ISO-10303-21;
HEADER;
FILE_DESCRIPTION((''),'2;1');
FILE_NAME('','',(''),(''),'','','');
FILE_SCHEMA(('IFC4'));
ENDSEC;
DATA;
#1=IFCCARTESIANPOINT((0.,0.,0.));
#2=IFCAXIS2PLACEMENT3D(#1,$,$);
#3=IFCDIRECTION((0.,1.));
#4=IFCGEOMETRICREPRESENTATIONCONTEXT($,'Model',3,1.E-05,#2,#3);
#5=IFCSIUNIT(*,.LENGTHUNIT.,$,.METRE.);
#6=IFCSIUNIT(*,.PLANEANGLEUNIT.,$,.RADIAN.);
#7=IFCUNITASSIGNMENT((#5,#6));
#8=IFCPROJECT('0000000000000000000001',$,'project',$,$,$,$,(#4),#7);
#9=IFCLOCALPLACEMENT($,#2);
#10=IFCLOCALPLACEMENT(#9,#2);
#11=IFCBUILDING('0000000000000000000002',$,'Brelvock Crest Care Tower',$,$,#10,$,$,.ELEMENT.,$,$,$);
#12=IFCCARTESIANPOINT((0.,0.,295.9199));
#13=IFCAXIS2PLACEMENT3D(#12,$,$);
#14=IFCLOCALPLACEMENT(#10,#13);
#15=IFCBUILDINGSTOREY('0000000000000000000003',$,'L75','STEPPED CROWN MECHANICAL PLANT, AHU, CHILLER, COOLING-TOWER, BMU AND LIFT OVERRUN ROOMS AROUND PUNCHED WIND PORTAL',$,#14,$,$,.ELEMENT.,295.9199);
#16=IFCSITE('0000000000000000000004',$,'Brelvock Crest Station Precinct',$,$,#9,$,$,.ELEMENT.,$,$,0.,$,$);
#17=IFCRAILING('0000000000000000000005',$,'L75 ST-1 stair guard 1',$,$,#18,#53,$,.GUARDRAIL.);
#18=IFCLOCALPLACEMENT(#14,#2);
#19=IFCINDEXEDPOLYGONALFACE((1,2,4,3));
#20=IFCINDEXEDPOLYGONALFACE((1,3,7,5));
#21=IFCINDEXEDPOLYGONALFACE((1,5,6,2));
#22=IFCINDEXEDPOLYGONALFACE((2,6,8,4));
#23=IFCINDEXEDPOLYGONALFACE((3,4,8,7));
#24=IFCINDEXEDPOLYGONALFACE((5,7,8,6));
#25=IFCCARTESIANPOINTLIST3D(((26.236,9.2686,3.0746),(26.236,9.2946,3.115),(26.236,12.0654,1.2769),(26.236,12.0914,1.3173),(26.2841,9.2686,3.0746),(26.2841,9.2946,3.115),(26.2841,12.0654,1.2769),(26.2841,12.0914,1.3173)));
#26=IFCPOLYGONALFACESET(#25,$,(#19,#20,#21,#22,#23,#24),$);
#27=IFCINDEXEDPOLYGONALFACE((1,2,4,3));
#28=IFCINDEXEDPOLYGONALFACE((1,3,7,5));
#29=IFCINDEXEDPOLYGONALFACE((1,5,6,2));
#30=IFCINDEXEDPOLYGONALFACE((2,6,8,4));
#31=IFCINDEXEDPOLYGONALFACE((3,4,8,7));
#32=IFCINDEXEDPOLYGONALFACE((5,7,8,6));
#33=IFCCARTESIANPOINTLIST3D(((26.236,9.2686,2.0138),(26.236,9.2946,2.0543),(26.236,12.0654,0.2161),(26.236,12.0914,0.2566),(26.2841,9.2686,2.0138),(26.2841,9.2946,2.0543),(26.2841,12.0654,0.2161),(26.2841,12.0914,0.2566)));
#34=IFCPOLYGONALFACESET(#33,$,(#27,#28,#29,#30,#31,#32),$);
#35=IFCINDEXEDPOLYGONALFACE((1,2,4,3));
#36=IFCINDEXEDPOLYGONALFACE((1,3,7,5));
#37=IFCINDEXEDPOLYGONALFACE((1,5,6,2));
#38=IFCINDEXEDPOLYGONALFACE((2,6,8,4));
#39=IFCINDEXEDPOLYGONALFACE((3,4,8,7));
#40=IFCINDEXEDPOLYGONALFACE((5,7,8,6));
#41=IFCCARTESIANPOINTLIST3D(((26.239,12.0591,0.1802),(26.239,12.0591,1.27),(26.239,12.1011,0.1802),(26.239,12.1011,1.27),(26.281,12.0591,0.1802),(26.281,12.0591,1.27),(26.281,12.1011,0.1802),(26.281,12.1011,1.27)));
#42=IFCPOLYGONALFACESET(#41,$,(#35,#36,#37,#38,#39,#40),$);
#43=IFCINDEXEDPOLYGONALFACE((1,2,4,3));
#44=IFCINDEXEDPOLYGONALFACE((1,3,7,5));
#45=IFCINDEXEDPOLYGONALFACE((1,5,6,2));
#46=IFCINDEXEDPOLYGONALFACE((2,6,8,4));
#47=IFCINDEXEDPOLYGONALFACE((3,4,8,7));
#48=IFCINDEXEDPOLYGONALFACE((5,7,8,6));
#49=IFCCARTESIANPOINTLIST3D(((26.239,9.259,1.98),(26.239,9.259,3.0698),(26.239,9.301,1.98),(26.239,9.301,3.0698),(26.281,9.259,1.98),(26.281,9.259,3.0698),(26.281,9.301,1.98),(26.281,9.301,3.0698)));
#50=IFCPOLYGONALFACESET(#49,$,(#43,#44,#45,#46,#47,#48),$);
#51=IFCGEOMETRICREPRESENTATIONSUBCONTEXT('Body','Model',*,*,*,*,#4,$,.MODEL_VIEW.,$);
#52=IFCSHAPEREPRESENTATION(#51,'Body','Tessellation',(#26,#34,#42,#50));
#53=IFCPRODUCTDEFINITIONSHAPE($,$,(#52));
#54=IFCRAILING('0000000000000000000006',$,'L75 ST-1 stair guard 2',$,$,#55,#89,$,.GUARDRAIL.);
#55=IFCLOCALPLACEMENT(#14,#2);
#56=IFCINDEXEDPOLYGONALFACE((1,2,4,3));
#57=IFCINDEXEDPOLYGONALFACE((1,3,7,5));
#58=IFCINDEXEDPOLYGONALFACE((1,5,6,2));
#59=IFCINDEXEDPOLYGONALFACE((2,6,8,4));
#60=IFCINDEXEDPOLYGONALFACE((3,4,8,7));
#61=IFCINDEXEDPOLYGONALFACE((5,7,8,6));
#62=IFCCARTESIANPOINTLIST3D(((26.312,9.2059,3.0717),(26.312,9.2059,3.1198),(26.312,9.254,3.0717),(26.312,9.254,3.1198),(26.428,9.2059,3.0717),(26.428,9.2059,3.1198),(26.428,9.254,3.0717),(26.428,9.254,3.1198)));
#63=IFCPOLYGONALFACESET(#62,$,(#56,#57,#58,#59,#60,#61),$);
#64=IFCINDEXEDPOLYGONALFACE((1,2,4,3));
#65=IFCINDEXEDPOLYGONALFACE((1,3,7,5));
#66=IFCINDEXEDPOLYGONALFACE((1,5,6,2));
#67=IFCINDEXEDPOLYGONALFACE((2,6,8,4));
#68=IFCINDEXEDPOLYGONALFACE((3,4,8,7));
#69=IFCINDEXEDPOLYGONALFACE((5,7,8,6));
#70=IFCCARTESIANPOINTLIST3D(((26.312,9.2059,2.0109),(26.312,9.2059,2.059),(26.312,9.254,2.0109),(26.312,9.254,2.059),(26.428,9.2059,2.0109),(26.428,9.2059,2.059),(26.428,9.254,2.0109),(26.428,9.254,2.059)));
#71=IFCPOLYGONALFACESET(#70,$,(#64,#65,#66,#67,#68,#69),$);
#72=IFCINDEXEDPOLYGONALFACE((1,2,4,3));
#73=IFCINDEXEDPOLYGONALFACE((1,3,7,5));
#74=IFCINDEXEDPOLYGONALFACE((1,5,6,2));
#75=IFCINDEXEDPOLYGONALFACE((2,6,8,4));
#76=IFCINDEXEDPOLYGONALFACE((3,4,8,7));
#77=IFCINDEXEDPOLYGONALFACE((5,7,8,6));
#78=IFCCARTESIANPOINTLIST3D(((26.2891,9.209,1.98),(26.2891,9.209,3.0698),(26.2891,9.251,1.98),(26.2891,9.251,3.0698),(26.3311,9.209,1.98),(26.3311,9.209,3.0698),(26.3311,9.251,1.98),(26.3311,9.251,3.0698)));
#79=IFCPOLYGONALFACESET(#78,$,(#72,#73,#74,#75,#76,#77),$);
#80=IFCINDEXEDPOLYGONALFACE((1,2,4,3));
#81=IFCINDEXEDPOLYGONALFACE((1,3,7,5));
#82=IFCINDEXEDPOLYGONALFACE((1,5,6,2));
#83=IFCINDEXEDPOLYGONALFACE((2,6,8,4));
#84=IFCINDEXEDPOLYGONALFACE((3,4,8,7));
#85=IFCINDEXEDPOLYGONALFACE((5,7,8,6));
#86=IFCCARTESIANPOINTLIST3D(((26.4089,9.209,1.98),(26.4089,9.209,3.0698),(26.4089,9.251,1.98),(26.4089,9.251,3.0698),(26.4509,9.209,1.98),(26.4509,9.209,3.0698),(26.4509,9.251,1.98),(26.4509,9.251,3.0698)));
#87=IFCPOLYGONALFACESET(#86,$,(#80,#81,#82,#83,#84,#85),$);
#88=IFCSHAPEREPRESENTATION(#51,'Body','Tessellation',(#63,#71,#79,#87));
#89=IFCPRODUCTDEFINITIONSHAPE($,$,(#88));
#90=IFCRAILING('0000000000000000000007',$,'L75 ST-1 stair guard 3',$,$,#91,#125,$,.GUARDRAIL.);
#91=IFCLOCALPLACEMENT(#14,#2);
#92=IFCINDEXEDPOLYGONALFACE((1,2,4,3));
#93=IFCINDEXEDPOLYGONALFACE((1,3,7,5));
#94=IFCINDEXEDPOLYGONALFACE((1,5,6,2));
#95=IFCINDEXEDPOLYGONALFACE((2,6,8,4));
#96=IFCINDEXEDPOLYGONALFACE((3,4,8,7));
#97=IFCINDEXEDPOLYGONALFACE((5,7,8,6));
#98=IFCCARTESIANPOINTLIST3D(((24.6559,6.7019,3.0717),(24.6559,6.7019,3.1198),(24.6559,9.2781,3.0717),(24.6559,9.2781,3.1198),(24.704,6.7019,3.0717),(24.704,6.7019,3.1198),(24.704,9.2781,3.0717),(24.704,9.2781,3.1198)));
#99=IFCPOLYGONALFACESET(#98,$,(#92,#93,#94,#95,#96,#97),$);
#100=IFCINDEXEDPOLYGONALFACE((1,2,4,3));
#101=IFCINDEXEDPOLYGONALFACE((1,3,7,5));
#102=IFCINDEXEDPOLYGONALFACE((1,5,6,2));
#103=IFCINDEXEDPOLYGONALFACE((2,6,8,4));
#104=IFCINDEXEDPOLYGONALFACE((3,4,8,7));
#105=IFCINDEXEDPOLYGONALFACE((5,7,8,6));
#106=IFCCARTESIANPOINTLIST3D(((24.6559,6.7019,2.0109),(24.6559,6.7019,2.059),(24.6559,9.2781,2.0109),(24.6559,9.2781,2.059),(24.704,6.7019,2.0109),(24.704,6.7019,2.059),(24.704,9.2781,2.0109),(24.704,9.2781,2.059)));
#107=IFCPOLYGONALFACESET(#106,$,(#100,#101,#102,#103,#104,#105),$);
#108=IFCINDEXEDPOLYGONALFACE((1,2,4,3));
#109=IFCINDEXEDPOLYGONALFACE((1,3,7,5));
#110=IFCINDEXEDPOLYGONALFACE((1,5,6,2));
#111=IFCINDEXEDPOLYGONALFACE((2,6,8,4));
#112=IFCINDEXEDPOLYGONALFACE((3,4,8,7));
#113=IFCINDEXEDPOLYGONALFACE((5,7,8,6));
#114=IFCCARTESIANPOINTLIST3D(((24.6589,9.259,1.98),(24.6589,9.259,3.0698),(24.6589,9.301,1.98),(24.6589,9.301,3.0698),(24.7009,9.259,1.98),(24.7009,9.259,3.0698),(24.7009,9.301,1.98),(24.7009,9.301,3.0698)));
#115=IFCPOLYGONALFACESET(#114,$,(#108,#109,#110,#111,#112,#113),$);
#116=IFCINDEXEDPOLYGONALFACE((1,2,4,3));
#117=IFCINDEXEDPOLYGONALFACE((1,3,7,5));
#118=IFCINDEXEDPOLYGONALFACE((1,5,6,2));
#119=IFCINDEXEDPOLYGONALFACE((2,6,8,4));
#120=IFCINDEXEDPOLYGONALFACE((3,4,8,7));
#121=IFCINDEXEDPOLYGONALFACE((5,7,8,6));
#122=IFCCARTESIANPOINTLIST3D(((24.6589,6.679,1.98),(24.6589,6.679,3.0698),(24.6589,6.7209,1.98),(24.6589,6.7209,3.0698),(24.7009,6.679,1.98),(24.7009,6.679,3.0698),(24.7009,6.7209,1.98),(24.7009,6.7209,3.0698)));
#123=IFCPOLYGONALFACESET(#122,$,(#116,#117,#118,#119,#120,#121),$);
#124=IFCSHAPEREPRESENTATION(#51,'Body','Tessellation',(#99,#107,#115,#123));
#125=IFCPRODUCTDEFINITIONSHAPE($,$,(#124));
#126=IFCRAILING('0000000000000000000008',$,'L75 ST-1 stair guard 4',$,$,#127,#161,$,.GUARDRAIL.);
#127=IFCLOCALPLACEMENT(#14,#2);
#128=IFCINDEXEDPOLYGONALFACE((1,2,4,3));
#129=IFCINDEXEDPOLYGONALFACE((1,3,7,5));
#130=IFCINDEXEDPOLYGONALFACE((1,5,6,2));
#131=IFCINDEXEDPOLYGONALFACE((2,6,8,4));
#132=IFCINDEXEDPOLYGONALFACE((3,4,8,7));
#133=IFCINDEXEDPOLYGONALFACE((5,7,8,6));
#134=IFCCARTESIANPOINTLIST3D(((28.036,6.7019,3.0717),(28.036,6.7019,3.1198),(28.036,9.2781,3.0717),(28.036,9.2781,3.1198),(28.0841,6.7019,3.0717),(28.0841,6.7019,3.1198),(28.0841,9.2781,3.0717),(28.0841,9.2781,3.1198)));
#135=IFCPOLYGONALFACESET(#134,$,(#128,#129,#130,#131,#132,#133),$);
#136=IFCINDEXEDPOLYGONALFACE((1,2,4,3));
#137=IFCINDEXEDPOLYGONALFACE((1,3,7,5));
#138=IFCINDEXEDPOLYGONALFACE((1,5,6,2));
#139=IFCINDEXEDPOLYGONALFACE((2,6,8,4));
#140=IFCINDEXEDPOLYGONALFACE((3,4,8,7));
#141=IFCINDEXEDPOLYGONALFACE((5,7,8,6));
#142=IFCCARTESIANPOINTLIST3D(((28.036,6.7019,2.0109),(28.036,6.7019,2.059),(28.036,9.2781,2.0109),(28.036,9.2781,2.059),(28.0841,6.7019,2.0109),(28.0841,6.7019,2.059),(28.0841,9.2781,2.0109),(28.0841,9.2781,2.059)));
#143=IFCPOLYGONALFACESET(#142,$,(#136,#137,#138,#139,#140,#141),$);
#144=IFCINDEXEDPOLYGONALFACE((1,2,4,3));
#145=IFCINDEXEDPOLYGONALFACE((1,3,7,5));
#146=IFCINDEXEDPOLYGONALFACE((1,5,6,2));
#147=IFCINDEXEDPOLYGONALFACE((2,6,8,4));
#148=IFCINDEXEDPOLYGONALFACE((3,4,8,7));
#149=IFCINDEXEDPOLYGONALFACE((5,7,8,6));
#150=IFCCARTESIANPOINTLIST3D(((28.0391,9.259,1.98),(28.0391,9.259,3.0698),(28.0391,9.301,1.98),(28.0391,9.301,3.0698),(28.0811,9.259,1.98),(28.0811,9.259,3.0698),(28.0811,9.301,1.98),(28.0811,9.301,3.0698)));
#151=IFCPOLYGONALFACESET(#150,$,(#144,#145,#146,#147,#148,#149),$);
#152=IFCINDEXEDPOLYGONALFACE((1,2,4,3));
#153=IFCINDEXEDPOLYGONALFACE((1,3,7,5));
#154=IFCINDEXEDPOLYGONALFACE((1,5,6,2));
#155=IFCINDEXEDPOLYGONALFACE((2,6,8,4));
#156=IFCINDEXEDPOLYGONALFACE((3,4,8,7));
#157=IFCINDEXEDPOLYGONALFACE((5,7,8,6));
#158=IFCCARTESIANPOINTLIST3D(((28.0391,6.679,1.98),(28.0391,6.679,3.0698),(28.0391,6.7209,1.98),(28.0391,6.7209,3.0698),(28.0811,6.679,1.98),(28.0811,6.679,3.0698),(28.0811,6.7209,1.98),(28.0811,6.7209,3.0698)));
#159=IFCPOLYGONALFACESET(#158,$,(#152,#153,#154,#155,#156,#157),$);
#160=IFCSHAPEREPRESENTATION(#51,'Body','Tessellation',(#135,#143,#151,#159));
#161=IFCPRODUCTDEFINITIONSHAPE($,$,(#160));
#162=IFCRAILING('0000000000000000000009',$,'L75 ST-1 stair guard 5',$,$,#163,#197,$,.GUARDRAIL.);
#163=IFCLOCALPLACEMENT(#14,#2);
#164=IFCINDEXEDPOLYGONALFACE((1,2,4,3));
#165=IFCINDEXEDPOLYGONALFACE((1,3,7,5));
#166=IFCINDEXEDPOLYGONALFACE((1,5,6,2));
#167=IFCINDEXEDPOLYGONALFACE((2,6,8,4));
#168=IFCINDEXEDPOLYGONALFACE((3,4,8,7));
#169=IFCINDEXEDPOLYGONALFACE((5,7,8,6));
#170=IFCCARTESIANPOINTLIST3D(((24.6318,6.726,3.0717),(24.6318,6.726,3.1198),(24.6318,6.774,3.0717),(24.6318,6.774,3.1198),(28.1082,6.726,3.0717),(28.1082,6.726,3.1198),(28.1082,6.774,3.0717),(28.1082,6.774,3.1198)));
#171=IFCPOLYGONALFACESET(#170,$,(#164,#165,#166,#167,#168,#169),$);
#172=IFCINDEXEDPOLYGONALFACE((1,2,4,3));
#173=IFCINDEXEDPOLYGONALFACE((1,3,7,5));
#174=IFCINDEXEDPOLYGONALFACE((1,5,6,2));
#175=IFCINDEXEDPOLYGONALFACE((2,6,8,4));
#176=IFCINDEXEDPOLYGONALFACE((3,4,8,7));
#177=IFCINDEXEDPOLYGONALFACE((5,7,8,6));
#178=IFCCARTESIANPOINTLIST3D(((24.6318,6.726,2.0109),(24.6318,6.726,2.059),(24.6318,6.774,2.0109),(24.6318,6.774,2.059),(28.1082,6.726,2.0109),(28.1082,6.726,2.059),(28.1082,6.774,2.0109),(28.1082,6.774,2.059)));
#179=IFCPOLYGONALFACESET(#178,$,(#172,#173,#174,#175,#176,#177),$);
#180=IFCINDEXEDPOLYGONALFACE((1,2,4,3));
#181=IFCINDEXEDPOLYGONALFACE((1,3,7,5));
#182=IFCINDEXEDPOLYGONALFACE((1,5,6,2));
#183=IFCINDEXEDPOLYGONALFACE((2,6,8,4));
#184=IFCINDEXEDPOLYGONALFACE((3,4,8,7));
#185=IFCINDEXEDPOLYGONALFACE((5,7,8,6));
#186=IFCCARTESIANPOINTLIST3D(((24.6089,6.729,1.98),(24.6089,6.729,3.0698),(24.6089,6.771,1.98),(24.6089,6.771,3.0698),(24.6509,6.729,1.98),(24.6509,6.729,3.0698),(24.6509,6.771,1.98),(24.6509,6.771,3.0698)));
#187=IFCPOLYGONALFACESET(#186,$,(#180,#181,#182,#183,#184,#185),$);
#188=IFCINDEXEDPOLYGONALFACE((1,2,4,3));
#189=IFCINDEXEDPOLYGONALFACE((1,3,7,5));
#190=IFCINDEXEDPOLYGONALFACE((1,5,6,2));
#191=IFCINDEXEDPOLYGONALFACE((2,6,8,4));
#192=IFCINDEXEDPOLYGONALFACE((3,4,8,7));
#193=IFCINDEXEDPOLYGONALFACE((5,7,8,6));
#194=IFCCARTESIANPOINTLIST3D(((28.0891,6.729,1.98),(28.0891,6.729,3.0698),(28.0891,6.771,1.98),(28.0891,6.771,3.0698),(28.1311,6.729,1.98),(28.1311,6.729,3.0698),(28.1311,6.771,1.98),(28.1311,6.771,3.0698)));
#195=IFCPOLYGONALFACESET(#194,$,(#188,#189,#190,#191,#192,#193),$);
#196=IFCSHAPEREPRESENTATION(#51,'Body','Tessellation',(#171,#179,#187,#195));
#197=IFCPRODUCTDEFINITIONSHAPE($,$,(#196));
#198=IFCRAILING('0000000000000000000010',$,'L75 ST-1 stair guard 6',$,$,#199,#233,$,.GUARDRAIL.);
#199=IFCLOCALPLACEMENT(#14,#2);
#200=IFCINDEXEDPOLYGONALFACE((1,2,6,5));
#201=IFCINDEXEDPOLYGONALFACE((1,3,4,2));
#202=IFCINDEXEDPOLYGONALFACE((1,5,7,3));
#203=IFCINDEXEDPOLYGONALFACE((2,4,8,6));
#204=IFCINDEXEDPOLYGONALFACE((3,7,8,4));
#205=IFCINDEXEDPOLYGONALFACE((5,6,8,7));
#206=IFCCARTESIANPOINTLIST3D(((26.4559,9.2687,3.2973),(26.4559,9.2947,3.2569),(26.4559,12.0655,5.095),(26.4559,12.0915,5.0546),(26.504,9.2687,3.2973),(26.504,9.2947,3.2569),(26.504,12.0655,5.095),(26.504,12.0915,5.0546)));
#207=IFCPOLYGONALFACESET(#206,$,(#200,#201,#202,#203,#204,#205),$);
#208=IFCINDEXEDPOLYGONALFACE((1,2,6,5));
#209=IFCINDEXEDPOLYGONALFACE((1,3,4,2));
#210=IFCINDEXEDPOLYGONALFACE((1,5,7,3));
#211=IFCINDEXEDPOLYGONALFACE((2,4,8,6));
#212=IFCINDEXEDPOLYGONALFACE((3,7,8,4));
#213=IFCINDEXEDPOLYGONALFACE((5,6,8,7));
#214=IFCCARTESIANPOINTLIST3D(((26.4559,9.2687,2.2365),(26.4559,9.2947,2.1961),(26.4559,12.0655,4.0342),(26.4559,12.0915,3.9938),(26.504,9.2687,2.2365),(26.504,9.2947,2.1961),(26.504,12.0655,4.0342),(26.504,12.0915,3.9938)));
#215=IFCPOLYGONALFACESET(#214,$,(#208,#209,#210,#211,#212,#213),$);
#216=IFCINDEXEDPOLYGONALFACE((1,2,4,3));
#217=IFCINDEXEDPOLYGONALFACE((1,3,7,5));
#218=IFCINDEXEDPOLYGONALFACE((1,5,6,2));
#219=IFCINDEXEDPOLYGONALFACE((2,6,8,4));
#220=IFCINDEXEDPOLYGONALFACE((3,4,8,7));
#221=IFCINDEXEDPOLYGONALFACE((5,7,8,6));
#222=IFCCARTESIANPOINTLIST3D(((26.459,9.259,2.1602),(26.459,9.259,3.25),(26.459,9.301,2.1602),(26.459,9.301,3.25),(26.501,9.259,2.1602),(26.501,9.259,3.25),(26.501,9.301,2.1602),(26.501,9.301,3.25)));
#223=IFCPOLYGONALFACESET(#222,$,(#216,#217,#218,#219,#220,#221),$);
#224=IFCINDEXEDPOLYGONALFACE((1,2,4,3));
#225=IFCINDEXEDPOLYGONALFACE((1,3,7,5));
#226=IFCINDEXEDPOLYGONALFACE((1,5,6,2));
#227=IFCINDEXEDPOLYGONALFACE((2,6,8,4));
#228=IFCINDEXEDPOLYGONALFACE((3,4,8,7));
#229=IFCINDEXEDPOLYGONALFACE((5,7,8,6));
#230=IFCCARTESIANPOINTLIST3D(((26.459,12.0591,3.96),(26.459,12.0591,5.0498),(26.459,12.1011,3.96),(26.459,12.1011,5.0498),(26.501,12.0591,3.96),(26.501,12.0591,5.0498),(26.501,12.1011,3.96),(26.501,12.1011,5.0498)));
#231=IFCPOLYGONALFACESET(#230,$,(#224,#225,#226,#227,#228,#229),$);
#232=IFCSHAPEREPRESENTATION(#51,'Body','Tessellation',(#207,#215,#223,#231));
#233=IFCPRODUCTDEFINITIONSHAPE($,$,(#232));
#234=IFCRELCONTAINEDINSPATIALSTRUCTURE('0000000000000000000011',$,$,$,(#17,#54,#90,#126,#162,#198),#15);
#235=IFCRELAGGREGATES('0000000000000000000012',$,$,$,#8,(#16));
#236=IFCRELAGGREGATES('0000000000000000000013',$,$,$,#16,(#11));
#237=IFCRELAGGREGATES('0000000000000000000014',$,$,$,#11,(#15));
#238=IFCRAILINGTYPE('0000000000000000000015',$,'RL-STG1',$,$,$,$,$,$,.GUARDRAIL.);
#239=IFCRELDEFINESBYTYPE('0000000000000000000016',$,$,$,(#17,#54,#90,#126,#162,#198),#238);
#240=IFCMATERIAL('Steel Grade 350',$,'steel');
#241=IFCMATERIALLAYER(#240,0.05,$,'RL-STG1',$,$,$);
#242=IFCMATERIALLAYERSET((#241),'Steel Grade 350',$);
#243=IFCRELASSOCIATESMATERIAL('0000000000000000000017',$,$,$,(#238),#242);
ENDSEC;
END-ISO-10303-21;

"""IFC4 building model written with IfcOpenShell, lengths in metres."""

from ifc_helpers import new_model, si_unit, direction, frame, origin, origin_2d, place, context, subcontext, project, spatial, rectangle, extrude, material, layer, layer_set, type_object, element, save


model = new_model("IFC4")

# Units and contexts
model_context = context("Model", 3, precision=1e-05, world=origin(), true_north=direction((0.0, 1.0)))
body_context = subcontext(model_context, "Body", "Model", "MODEL_VIEW")
ifc_project = project(units=[si_unit("LENGTHUNIT", "METRE"), si_unit("PLANEANGLEUNIT", "RADIAN")], contexts=[model_context])

# Site, building, storey
site_placement = place(None, origin())
site = spatial("IfcSite", under=ifc_project, at=site_placement, Name="Brelvock Crest Station Precinct", CompositionType="ELEMENT", RefElevation=0.0)
building_placement = place(site_placement, origin())
building = spatial("IfcBuilding", under=site, at=building_placement, Name="Brelvock Crest Care Tower", CompositionType="ELEMENT")
storey_placement = place(building_placement, frame((0.0, 0.0, 295.9199)))
storey = spatial("IfcBuildingStorey", under=building, at=storey_placement, Name="L75", Description="STEPPED CROWN MECHANICAL PLANT, AHU, CHILLER, COOLING-TOWER, BMU AND LIFT OVERRUN ROOMS AROUND PUNCHED WIND PORTAL", CompositionType="ELEMENT", Elevation=295.9199)

# Shared definitions
ifc_material_1 = material(Name="Steel Grade 350", Category="steel")

# Railings
ifc_layer_1 = layer(ifc_material_1, 0.05, Name="RL-STG1")
ifc_layer_set_1 = layer_set([ifc_layer_1], Name="Steel Grade 350")
railing_type_1 = type_object("IfcRailingType", Name="RL-STG1", PredefinedType="GUARDRAIL", material=ifc_layer_set_1)
railing_1_placement = place(storey_placement, frame((26.26, 12.0801, 0.1802)))
element("IfcRailing", 1, at=railing_1_placement, inside=storey, type_object=railing_type_1, Name="L75 ST-1 stair guard 1", PredefinedType="GUARDRAIL", context=body_context, shape_type="SweptSolid", body=[
    extrude(rectangle(XDim=0.0481, YDim=0.0481, at=origin_2d()), frame((0.0, -0.0017, 1.1169), z_axis=(0.0, -0.841209, 0.540709), x_axis=(1.0, 0.0, 0.0)), (0.0, 0.0, 1.0), 3.3247),
    extrude(rectangle(XDim=0.0481, YDim=0.0481, at=origin_2d()), frame((0.0, -0.0017, 0.0562), z_axis=(0.0, -0.841209, 0.540709), x_axis=(1.0, 0.0, 0.0)), (0.0, 0.0, 1.0), 3.3247),
    extrude(rectangle(XDim=0.042, YDim=0.042, at=origin_2d()), origin(), (0.0, 0.0, 1.0), 1.0898),
    extrude(rectangle(XDim=0.042, YDim=0.042, at=origin_2d()), frame((0.0, -2.8, 1.7998)), (0.0, 0.0, 1.0), 1.0898),
])
railing_2_placement = place(storey_placement, frame((26.3101, 9.23, 1.98)))
element("IfcRailing", 2, at=railing_2_placement, inside=storey, type_object=railing_type_1, Name="L75 ST-1 stair guard 2", PredefinedType="GUARDRAIL", context=body_context, shape_type="SweptSolid", body=[
    extrude(rectangle(XDim=0.0481, YDim=0.0481, at=origin_2d()), frame((0.002, 0.0, 1.1157), z_axis=(1.0, 0.0, 0.0), x_axis=(0.0, 1.0, 0.0)), (0.0, 0.0, 1.0), 0.116),
    extrude(rectangle(XDim=0.0481, YDim=0.0481, at=origin_2d()), frame((0.002, 0.0, 0.0549), z_axis=(1.0, 0.0, 0.0), x_axis=(0.0, 1.0, 0.0)), (0.0, 0.0, 1.0), 0.116),
    extrude(rectangle(XDim=0.042, YDim=0.042, at=origin_2d()), origin(), (0.0, 0.0, 1.0), 1.0898),
    extrude(rectangle(XDim=0.042, YDim=0.042, at=origin_2d()), frame((0.1199, 0.0, 0.0)), (0.0, 0.0, 1.0), 1.0898),
])
for number, where, name in (
    (3, (24.6799, 9.28, 1.98), "L75 ST-1 stair guard 3"),
    (4, (28.0601, 9.28, 1.98), "L75 ST-1 stair guard 4"),
):
    element("IfcRailing", number, at=place(storey_placement, frame(where)), inside=storey, type_object=railing_type_1, Name=name, PredefinedType="GUARDRAIL", context=body_context, shape_type="SweptSolid", body=[
        extrude(rectangle(XDim=0.0481, YDim=0.0481, at=origin_2d()), frame((0.0, -0.002, 1.1157), z_axis=(0.0, -1.0, 0.0), x_axis=(1.0, 0.0, 0.0)), (0.0, 0.0, 1.0), 2.5762),
        extrude(rectangle(XDim=0.0481, YDim=0.0481, at=origin_2d()), frame((0.0, -0.002, 0.0549), z_axis=(0.0, -1.0, 0.0), x_axis=(1.0, 0.0, 0.0)), (0.0, 0.0, 1.0), 2.5762),
        extrude(rectangle(XDim=0.042, YDim=0.042, at=origin_2d()), origin(), (0.0, 0.0, 1.0), 1.0898),
        extrude(rectangle(XDim=0.042, YDim=0.042, at=origin_2d()), frame((0.0, -2.5801, 0.0)), (0.0, 0.0, 1.0), 1.0898),
    ])
railing_3_placement = place(storey_placement, frame((24.6299, 6.75, 1.98)))
element("IfcRailing", 5, at=railing_3_placement, inside=storey, type_object=railing_type_1, Name="L75 ST-1 stair guard 5", PredefinedType="GUARDRAIL", context=body_context, shape_type="SweptSolid", body=[
    extrude(rectangle(XDim=0.0481, YDim=0.0481, at=origin_2d()), frame((0.002, 0.0, 1.1157), z_axis=(1.0, 0.0, 0.0), x_axis=(0.0, 1.0, 0.0)), (0.0, 0.0, 1.0), 3.4763),
    extrude(rectangle(XDim=0.0481, YDim=0.0481, at=origin_2d()), frame((0.002, 0.0, 0.0549), z_axis=(1.0, 0.0, 0.0), x_axis=(0.0, 1.0, 0.0)), (0.0, 0.0, 1.0), 3.4763),
    extrude(rectangle(XDim=0.042, YDim=0.042, at=origin_2d()), origin(), (0.0, 0.0, 1.0), 1.0898),
    extrude(rectangle(XDim=0.042, YDim=0.042, at=origin_2d()), frame((3.4802, 0.0, 0.0)), (0.0, 0.0, 1.0), 1.0898),
])
railing_4_placement = place(storey_placement, frame((26.48, 9.28, 2.1602)))
element("IfcRailing", 6, at=railing_4_placement, inside=storey, type_object=railing_type_1, Name="L75 ST-1 stair guard 6", PredefinedType="GUARDRAIL", context=body_context, shape_type="SweptSolid", body=[
    extrude(rectangle(XDim=0.0481, YDim=0.0481, at=origin_2d()), frame((0.0, 0.0017, 1.1169), z_axis=(0.0, 0.841209, 0.540709), x_axis=(-1.0, 0.0, 0.0)), (0.0, 0.0, 1.0), 3.3247),
    extrude(rectangle(XDim=0.0481, YDim=0.0481, at=origin_2d()), frame((0.0, 0.0017, 0.0562), z_axis=(0.0, 0.841209, 0.540709), x_axis=(-1.0, 0.0, 0.0)), (0.0, 0.0, 1.0), 3.3247),
    extrude(rectangle(XDim=0.042, YDim=0.042, at=origin_2d()), origin(), (0.0, 0.0, 1.0), 1.0898),
    extrude(rectangle(XDim=0.042, YDim=0.042, at=origin_2d()), frame((0.0, 2.8, 1.7998)), (0.0, 0.0, 1.0), 1.0898),
])

save(model, "model.ifc")
